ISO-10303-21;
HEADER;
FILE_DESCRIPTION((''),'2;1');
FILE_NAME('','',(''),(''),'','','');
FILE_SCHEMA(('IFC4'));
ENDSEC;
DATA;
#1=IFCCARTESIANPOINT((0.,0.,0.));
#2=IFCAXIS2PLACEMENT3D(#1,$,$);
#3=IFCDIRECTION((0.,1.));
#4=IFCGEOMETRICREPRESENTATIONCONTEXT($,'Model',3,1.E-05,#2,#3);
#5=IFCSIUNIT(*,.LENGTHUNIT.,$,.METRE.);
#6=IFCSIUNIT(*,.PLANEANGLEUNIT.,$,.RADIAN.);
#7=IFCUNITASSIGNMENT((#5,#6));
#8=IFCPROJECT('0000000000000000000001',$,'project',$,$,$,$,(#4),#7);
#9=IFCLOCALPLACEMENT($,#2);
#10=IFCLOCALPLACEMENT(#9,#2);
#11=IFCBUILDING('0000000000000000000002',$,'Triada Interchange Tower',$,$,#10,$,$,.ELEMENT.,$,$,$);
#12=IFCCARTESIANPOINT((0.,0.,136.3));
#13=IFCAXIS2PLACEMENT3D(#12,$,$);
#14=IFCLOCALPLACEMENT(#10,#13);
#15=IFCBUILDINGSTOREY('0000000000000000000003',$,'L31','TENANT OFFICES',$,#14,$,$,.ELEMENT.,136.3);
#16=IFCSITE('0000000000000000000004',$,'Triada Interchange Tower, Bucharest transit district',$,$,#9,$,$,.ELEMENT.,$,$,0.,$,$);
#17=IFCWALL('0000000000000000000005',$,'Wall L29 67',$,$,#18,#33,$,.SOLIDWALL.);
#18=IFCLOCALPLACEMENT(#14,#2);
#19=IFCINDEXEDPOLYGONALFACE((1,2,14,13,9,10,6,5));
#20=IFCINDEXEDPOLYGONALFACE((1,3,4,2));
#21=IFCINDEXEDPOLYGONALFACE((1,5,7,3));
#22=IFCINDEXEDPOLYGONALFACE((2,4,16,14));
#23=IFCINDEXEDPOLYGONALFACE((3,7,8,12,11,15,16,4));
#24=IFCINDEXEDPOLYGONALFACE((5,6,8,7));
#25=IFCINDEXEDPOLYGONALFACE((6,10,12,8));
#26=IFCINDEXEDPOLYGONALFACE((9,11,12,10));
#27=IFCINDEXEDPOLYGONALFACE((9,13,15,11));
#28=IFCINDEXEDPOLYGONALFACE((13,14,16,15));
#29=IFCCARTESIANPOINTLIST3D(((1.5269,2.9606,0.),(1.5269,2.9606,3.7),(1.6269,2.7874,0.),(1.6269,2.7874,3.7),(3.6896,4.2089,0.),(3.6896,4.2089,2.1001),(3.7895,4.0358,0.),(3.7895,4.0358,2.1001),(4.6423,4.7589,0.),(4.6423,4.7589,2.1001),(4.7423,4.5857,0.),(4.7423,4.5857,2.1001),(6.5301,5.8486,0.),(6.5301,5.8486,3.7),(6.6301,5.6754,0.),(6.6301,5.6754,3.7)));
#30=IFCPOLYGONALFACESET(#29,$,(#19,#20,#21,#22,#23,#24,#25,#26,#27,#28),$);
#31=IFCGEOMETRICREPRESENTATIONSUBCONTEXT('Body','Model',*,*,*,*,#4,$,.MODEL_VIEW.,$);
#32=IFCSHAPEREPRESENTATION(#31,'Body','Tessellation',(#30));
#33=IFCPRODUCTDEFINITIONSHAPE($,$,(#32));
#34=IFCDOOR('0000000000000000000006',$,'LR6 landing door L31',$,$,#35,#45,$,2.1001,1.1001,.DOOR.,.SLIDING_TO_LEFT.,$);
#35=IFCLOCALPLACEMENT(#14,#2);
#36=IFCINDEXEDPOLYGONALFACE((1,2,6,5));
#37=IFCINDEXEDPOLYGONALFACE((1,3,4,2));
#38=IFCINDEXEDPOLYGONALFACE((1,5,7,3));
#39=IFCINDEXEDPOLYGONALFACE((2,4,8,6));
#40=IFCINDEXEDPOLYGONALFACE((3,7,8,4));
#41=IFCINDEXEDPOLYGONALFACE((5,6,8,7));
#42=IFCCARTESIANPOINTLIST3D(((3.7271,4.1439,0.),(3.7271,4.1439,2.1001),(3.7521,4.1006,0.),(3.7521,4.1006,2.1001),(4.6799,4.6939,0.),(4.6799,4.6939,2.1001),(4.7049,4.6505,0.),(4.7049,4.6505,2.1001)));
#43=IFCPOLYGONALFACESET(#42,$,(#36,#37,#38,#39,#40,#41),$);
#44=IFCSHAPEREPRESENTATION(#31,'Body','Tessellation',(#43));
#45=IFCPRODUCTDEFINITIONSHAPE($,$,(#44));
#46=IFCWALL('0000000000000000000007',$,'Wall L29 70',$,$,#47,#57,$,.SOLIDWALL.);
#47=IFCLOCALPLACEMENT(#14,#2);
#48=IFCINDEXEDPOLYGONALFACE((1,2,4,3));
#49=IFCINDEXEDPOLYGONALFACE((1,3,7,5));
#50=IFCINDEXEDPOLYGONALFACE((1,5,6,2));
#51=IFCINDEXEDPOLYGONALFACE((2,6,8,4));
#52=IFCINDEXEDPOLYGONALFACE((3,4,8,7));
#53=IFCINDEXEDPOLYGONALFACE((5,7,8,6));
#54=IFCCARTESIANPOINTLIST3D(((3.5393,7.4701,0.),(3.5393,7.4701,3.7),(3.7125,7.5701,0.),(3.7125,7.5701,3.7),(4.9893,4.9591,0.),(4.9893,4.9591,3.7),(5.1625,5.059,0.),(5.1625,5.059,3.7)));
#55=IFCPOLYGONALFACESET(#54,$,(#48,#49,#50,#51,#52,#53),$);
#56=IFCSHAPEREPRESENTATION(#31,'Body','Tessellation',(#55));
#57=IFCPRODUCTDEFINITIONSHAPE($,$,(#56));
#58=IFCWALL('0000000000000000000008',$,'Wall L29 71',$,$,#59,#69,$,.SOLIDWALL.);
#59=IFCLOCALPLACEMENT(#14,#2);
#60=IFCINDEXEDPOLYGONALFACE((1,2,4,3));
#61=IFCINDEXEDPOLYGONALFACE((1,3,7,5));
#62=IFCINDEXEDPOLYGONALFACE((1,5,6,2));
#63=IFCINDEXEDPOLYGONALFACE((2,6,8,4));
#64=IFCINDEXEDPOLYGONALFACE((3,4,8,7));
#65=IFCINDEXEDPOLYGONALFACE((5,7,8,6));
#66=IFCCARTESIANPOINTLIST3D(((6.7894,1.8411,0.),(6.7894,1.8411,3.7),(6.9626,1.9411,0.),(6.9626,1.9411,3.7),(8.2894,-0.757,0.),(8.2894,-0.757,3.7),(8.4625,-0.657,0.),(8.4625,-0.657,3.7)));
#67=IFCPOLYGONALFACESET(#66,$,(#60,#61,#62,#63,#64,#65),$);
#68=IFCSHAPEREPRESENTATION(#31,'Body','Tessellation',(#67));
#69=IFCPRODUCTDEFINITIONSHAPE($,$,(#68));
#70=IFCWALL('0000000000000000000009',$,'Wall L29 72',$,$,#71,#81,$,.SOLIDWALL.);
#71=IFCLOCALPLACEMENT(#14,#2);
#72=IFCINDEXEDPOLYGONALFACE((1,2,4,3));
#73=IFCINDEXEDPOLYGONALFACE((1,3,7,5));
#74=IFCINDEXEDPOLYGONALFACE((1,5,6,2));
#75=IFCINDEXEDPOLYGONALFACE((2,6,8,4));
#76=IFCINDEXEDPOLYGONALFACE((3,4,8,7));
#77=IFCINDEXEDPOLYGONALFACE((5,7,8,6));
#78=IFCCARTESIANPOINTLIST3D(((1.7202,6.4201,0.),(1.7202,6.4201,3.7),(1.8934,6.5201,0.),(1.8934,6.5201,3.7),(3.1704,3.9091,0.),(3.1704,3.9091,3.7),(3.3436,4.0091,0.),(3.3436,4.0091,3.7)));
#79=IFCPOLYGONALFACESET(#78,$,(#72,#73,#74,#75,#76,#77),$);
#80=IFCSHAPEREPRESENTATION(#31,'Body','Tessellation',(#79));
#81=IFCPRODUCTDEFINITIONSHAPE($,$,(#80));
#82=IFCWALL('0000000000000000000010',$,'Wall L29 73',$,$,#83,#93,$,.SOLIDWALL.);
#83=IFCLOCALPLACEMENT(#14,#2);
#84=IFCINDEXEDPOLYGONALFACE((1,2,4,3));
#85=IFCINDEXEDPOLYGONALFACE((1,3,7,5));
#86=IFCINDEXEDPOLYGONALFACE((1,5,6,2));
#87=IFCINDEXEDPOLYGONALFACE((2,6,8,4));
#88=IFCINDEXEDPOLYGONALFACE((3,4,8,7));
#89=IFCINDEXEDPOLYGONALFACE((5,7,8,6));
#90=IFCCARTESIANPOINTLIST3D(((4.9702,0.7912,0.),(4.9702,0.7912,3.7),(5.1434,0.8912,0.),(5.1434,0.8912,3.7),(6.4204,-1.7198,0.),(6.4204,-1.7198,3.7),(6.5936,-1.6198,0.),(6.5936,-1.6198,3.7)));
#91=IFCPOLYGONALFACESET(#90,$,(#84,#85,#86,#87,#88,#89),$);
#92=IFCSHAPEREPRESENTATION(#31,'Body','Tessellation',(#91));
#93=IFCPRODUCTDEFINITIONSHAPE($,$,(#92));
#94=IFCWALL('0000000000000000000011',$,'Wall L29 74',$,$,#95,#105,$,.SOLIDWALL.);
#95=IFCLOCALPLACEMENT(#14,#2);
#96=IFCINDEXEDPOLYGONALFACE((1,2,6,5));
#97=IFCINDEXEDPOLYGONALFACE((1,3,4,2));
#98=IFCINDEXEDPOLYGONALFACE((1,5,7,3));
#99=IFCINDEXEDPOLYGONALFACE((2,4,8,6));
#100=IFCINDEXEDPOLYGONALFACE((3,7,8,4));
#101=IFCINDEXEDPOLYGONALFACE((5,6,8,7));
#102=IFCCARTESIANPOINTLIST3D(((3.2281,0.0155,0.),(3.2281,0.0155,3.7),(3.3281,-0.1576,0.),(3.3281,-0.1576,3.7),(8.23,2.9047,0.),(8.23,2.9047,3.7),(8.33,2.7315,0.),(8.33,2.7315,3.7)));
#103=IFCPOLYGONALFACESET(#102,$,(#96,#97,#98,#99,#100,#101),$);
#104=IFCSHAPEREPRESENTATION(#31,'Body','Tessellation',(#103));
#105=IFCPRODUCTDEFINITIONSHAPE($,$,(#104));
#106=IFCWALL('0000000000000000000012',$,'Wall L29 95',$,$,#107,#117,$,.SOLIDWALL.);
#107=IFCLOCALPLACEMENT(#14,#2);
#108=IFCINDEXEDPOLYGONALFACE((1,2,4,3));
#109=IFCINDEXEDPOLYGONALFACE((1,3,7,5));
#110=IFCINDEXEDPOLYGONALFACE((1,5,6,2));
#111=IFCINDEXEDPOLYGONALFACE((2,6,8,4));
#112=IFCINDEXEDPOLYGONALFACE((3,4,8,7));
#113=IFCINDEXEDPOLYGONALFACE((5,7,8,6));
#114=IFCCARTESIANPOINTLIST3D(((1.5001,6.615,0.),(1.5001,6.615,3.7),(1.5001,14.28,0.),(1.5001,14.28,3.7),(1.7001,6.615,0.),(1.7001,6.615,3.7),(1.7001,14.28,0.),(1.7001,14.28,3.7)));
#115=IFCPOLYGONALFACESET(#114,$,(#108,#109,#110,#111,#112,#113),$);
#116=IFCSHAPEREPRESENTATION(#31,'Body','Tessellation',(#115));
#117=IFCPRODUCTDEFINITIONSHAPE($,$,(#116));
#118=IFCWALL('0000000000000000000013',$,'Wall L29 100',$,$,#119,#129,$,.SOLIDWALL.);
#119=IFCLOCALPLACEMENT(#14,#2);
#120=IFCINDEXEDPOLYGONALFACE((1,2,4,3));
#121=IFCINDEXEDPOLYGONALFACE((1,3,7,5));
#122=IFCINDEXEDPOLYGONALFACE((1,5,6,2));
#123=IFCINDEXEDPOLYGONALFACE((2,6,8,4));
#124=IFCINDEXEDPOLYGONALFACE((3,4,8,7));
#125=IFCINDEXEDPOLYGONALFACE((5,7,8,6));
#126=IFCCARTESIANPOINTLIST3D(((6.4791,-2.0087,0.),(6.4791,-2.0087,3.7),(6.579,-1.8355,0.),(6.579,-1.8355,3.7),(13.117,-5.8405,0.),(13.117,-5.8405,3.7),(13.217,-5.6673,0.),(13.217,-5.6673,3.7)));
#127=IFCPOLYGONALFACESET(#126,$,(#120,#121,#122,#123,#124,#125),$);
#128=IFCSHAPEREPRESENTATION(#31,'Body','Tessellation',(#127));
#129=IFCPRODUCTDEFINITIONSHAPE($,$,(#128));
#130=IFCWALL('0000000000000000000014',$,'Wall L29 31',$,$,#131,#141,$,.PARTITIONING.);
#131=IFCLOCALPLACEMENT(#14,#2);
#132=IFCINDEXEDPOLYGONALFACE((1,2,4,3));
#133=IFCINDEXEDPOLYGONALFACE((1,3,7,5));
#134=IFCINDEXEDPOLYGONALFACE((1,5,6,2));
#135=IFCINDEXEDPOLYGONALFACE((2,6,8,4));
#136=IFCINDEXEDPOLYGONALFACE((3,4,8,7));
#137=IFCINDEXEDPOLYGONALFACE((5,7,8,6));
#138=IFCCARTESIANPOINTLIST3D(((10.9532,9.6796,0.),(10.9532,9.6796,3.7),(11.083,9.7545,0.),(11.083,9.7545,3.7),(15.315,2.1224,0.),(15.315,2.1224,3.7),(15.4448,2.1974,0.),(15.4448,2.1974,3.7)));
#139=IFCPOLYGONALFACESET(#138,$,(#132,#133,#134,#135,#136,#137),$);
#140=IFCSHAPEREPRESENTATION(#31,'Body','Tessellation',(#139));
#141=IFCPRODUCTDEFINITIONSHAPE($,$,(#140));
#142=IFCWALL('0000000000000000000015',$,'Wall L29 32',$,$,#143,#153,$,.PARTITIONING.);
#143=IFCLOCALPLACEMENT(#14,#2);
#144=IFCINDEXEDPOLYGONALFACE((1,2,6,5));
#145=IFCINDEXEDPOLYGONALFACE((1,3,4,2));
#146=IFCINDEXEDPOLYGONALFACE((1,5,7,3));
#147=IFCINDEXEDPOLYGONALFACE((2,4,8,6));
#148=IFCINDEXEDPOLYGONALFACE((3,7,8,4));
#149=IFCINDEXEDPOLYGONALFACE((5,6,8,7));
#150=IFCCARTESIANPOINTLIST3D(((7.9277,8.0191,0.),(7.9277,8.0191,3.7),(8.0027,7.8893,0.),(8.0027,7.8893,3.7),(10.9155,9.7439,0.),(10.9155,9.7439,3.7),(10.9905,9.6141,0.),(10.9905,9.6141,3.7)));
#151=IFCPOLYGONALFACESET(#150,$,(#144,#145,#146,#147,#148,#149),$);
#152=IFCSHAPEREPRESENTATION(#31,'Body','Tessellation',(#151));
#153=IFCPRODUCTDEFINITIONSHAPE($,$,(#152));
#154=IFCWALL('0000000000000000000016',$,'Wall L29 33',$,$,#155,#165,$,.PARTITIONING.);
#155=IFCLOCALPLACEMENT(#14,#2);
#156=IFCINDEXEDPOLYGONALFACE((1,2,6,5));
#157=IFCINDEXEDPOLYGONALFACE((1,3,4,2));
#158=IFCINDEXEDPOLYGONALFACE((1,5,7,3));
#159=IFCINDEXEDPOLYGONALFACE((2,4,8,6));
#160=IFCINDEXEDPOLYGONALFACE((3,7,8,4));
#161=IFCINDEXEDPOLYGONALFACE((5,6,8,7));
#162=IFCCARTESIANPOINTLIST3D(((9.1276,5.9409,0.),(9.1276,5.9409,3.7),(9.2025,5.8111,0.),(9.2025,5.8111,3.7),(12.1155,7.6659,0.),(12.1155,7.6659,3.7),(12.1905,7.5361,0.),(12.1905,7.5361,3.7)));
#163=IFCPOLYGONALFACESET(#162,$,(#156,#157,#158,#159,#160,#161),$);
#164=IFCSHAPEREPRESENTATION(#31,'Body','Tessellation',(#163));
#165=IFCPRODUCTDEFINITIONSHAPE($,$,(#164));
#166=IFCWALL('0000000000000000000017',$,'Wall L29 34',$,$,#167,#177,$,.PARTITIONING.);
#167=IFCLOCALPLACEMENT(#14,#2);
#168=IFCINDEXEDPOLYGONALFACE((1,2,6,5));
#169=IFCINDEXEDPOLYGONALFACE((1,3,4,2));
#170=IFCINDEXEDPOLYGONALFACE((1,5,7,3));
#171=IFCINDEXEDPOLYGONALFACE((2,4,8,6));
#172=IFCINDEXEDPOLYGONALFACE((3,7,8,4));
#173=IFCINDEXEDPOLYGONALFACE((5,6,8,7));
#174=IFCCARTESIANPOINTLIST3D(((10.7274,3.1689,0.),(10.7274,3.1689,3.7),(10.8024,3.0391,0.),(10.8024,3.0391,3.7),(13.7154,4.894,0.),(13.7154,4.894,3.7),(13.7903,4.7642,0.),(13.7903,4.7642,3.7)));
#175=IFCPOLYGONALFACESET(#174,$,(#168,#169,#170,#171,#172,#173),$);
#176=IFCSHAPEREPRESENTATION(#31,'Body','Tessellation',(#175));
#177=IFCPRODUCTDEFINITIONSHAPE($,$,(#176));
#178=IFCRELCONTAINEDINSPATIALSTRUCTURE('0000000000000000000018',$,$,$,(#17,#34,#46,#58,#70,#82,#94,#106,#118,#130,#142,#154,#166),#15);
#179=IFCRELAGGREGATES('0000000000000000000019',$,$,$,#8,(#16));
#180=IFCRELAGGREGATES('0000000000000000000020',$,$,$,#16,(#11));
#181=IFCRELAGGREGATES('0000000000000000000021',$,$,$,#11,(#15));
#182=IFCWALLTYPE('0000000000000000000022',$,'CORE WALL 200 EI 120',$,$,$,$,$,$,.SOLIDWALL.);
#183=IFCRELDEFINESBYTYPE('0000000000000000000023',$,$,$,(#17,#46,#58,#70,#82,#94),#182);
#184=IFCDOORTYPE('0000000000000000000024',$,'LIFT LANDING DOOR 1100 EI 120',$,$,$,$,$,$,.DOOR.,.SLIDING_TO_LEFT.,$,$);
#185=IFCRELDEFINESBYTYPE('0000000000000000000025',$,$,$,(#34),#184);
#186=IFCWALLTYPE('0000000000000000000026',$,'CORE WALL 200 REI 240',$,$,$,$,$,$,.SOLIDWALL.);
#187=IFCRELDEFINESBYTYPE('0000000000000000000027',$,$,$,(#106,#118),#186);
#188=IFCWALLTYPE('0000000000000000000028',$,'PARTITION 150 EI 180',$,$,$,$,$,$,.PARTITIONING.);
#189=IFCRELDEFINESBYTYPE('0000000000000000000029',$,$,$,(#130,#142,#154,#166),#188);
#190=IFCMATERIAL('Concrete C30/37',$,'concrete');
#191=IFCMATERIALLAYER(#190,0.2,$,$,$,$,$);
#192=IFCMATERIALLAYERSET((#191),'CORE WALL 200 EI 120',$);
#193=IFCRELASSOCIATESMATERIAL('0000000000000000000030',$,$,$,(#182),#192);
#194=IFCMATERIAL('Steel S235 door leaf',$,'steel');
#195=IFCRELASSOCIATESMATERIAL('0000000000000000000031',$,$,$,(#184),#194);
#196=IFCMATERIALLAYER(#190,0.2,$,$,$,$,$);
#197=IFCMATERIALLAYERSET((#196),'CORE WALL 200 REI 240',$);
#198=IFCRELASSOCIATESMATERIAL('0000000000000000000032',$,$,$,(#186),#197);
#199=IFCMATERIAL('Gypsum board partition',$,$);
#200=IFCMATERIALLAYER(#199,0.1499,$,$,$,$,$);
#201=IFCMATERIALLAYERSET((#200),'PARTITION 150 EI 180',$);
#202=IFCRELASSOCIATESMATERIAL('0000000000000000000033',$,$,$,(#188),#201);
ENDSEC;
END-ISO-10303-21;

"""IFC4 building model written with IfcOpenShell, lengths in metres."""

from ifc_helpers import new_model, si_unit, direction, frame, frame_2d, origin, place, context, subcontext, project, spatial, rectangle, extrude, material, layer, layer_set, type_object, element, fill, save


model = new_model("IFC4")

# Units and contexts
model_context = context("Model", 3, precision=1e-05, world=origin(), true_north=direction((0.0, 1.0)))
body_context = subcontext(model_context, "Body", "Model", "MODEL_VIEW")
ifc_project = project(units=[si_unit("LENGTHUNIT", "METRE"), si_unit("PLANEANGLEUNIT", "RADIAN")], contexts=[model_context])

# Site, building, storey
site_placement = place(None, origin())
site = spatial("IfcSite", under=ifc_project, at=site_placement, Name="Triada Interchange Tower, Bucharest transit district", CompositionType="ELEMENT", RefElevation=0.0)
building_placement = place(site_placement, origin())
building = spatial("IfcBuilding", under=site, at=building_placement, Name="Triada Interchange Tower", CompositionType="ELEMENT")
storey_placement = place(building_placement, frame((0.0, 0.0, 136.3)))
storey = spatial("IfcBuildingStorey", under=building, at=storey_placement, Name="L31", Description="TENANT OFFICES", CompositionType="ELEMENT", Elevation=136.3)

# Shared definitions
ifc_material_1 = material(Name="Concrete C30/37", Category="concrete")
ifc_layer_1 = layer(ifc_material_1, 0.2)
ifc_layer_set_1 = layer_set([ifc_layer_1], Name="CORE WALL 200 EI 120")
wall_type_1 = type_object("IfcWallType", Name="CORE WALL 200 EI 120", PredefinedType="SOLIDWALL", material=ifc_layer_set_1)
ifc_material_2 = material(Name="Steel S235 door leaf", Category="steel")
door_type = type_object("IfcDoorType", Name="LIFT LANDING DOOR 1100 EI 120", OperationType="SLIDING_TO_LEFT", PredefinedType="DOOR", material=ifc_material_2)

# Wall, opening, door
wall_1_placement = place(storey_placement, frame((1.5769, 2.874, 0.0), z_axis=(0.0, 0.0, 1.0), x_axis=(0.866074, 0.499916, 0.0)))
wall_1 = element("IfcWall", 1, at=wall_1_placement, inside=storey, type_object=wall_type_1, Name="Wall L29 67", PredefinedType="SOLIDWALL", context=body_context, shape_type="SweptSolid", body=[
    extrude(rectangle(XDim=5.7769, YDim=0.2, at=frame_2d((2.8884, 0.0))), origin(), (0.0, 0.0, 1.0), 3.7),
])
opening_1_placement = place(wall_1_placement, frame((2.4971, 0.0, 0.0)))
opening_1 = element("IfcOpeningElement", 2, at=opening_1_placement, cuts=wall_1, PredefinedType="OPENING", context=body_context, shape_type="SweptSolid", body=[
    extrude(rectangle(XDim=1.1001, YDim=2.1001, at=frame_2d((0.55, 1.05))), frame((0.0, 0.1099, 0.0), z_axis=(0.0, -1.0, 0.0), x_axis=(1.0, 0.0, 0.0)), (0.0, 0.0, 1.0), 0.22),
])
door_1_placement = place(opening_1_placement, origin())
door_1 = element("IfcDoor", 3, at=door_1_placement, inside=storey, type_object=door_type, Name="LR6 landing door L31", OperationType="SLIDING_TO_LEFT", OverallHeight=2.1001, OverallWidth=1.1001, PredefinedType="DOOR", context=body_context, shape_type="SweptSolid", body=[
    extrude(rectangle(XDim=1.1001, YDim=2.1001, at=frame_2d((0.55, 1.05))), frame((0.0, 0.0249, 0.0), z_axis=(0.0, -1.0, 0.0), x_axis=(1.0, 0.0, 0.0)), (0.0, 0.0, 1.0), 0.05),
])
fill(opening_1, door_1)

# Walls
wall_2_placement = place(storey_placement, frame((3.626, 7.52, 0.0), z_axis=(0.0, 0.0, 1.0), x_axis=(0.50006, -0.865991, 0.0)))
element("IfcWall", 4, at=wall_2_placement, inside=storey, type_object=wall_type_1, Name="Wall L29 70", PredefinedType="SOLIDWALL", context=body_context, shape_type="SweptSolid", body=[
    extrude(rectangle(XDim=2.8997, YDim=0.2, at=frame_2d((1.4497, 0.0))), origin(), (0.0, 0.0, 1.0), 3.7),
])
wall_3_placement = place(storey_placement, frame((6.876, 1.8911, 0.0), z_axis=(0.0, 0.0, 1.0), x_axis=(0.49999, -0.866031, 0.0)))
element("IfcWall", 5, at=wall_3_placement, inside=storey, type_object=wall_type_1, Name="Wall L29 71", PredefinedType="SOLIDWALL", context=body_context, shape_type="SweptSolid", body=[
    extrude(rectangle(XDim=3.0, YDim=0.2, at=frame_2d((1.5, 0.0))), origin(), (0.0, 0.0, 1.0), 3.7),
])
for number, where, z_axis, x_axis, name in (
    (6, (1.8069, 6.47, 0.0), (0.0, 0.0, 1.0), (0.500123, -0.865954, 0.0), "Wall L29 72"),
    (7, (5.0569, 0.8411, 0.0), (0.0, 0.0, 1.0), (0.500123, -0.865954, 0.0), "Wall L29 73"),
):
    element("IfcWall", number, at=place(storey_placement, frame(where, z_axis=z_axis, x_axis=x_axis)), inside=storey, type_object=wall_type_1, Name=name, PredefinedType="SOLIDWALL", context=body_context, shape_type="SweptSolid", body=[
        extrude(rectangle(XDim=2.8997, YDim=0.2, at=frame_2d((1.4497, 0.0))), origin(), (0.0, 0.0, 1.0), 3.7),
    ])
wall_4_placement = place(storey_placement, frame((3.2781, -0.071, 0.0), z_axis=(0.0, 0.0, 1.0), x_axis=(0.865929, 0.500166, 0.0)))
element("IfcWall", 8, at=wall_4_placement, inside=storey, type_object=wall_type_1, Name="Wall L29 74", PredefinedType="SOLIDWALL", context=body_context, shape_type="SweptSolid", body=[
    extrude(rectangle(XDim=5.7764, YDim=0.2, at=frame_2d((2.8882, 0.0))), origin(), (0.0, 0.0, 1.0), 3.7),
])
ifc_layer_2 = layer(ifc_material_1, 0.2)
ifc_layer_set_2 = layer_set([ifc_layer_2], Name="CORE WALL 200 REI 240")
wall_type_2 = type_object("IfcWallType", Name="CORE WALL 200 REI 240", PredefinedType="SOLIDWALL", material=ifc_layer_set_2)
wall_5_placement = place(storey_placement, frame((1.6001, 6.615, 0.0), z_axis=(0.0, 0.0, 1.0), x_axis=(0.0, 1.0, 0.0)))
element("IfcWall", 9, at=wall_5_placement, inside=storey, type_object=wall_type_2, Name="Wall L29 95", PredefinedType="SOLIDWALL", context=body_context, shape_type="SweptSolid", body=[
    extrude(rectangle(XDim=7.665, YDim=0.2, at=frame_2d((3.8325, 0.0))), origin(), (0.0, 0.0, 1.0), 3.7),
])
wall_6_placement = place(storey_placement, frame((6.5291, -1.9221, 0.0), z_axis=(0.0, 0.0, 1.0), x_axis=(0.866061, -0.499938, 0.0)))
element("IfcWall", 10, at=wall_6_placement, inside=storey, type_object=wall_type_2, Name="Wall L29 100", PredefinedType="SOLIDWALL", context=body_context, shape_type="SweptSolid", body=[
    extrude(rectangle(XDim=7.6646, YDim=0.2, at=frame_2d((3.8323, 0.0))), origin(), (0.0, 0.0, 1.0), 3.7),
])
ifc_material_3 = material(Name="Gypsum board partition")
ifc_layer_3 = layer(ifc_material_3, 0.1499)
ifc_layer_set_3 = layer_set([ifc_layer_3], Name="PARTITION 150 EI 180")
wall_type_3 = type_object("IfcWallType", Name="PARTITION 150 EI 180", PredefinedType="PARTITIONING", material=ifc_layer_set_3)
wall_7_placement = place(storey_placement, frame((11.0181, 9.717, 0.0), z_axis=(0.0, 0.0, 1.0), x_axis=(0.499889, -0.86609, 0.0)))
element("IfcWall", 11, at=wall_7_placement, inside=storey, type_object=wall_type_3, Name="Wall L29 31", PredefinedType="PARTITIONING", context=body_context, shape_type="SweptSolid", body=[
    extrude(rectangle(XDim=8.7256, YDim=0.1499, at=frame_2d((4.3628, 0.0))), origin(), (0.0, 0.0, 1.0), 3.7),
])
wall_8_placement = place(storey_placement, frame((7.9651, 7.9541, 0.0), z_axis=(0.0, 0.0, 1.0), x_axis=(0.866044, 0.499967, 0.0)))
element("IfcWall", 12, at=wall_8_placement, inside=storey, type_object=wall_type_3, Name="Wall L29 32", PredefinedType="PARTITIONING", context=body_context, shape_type="SweptSolid", body=[
    extrude(rectangle(XDim=3.45, YDim=0.1499, at=frame_2d((1.7251, 0.0))), origin(), (0.0, 0.0, 1.0), 3.7),
])
for number, where, z_axis, x_axis, name in (
    (13, (9.165, 5.876, 0.0), (0.0, 0.0, 1.0), (0.866031, 0.49999, 0.0), "Wall L29 33"),
    (14, (10.7649, 3.104, 0.0), (0.0, 0.0, 1.0), (0.866031, 0.49999, 0.0), "Wall L29 34"),
):
    element("IfcWall", number, at=place(storey_placement, frame(where, z_axis=z_axis, x_axis=x_axis)), inside=storey, type_object=wall_type_3, Name=name, PredefinedType="PARTITIONING", context=body_context, shape_type="SweptSolid", body=[
        extrude(rectangle(XDim=3.4502, YDim=0.1499, at=frame_2d((1.7251, 0.0))), origin(), (0.0, 0.0, 1.0), 3.7),
    ])

save(model, "model.ifc")
